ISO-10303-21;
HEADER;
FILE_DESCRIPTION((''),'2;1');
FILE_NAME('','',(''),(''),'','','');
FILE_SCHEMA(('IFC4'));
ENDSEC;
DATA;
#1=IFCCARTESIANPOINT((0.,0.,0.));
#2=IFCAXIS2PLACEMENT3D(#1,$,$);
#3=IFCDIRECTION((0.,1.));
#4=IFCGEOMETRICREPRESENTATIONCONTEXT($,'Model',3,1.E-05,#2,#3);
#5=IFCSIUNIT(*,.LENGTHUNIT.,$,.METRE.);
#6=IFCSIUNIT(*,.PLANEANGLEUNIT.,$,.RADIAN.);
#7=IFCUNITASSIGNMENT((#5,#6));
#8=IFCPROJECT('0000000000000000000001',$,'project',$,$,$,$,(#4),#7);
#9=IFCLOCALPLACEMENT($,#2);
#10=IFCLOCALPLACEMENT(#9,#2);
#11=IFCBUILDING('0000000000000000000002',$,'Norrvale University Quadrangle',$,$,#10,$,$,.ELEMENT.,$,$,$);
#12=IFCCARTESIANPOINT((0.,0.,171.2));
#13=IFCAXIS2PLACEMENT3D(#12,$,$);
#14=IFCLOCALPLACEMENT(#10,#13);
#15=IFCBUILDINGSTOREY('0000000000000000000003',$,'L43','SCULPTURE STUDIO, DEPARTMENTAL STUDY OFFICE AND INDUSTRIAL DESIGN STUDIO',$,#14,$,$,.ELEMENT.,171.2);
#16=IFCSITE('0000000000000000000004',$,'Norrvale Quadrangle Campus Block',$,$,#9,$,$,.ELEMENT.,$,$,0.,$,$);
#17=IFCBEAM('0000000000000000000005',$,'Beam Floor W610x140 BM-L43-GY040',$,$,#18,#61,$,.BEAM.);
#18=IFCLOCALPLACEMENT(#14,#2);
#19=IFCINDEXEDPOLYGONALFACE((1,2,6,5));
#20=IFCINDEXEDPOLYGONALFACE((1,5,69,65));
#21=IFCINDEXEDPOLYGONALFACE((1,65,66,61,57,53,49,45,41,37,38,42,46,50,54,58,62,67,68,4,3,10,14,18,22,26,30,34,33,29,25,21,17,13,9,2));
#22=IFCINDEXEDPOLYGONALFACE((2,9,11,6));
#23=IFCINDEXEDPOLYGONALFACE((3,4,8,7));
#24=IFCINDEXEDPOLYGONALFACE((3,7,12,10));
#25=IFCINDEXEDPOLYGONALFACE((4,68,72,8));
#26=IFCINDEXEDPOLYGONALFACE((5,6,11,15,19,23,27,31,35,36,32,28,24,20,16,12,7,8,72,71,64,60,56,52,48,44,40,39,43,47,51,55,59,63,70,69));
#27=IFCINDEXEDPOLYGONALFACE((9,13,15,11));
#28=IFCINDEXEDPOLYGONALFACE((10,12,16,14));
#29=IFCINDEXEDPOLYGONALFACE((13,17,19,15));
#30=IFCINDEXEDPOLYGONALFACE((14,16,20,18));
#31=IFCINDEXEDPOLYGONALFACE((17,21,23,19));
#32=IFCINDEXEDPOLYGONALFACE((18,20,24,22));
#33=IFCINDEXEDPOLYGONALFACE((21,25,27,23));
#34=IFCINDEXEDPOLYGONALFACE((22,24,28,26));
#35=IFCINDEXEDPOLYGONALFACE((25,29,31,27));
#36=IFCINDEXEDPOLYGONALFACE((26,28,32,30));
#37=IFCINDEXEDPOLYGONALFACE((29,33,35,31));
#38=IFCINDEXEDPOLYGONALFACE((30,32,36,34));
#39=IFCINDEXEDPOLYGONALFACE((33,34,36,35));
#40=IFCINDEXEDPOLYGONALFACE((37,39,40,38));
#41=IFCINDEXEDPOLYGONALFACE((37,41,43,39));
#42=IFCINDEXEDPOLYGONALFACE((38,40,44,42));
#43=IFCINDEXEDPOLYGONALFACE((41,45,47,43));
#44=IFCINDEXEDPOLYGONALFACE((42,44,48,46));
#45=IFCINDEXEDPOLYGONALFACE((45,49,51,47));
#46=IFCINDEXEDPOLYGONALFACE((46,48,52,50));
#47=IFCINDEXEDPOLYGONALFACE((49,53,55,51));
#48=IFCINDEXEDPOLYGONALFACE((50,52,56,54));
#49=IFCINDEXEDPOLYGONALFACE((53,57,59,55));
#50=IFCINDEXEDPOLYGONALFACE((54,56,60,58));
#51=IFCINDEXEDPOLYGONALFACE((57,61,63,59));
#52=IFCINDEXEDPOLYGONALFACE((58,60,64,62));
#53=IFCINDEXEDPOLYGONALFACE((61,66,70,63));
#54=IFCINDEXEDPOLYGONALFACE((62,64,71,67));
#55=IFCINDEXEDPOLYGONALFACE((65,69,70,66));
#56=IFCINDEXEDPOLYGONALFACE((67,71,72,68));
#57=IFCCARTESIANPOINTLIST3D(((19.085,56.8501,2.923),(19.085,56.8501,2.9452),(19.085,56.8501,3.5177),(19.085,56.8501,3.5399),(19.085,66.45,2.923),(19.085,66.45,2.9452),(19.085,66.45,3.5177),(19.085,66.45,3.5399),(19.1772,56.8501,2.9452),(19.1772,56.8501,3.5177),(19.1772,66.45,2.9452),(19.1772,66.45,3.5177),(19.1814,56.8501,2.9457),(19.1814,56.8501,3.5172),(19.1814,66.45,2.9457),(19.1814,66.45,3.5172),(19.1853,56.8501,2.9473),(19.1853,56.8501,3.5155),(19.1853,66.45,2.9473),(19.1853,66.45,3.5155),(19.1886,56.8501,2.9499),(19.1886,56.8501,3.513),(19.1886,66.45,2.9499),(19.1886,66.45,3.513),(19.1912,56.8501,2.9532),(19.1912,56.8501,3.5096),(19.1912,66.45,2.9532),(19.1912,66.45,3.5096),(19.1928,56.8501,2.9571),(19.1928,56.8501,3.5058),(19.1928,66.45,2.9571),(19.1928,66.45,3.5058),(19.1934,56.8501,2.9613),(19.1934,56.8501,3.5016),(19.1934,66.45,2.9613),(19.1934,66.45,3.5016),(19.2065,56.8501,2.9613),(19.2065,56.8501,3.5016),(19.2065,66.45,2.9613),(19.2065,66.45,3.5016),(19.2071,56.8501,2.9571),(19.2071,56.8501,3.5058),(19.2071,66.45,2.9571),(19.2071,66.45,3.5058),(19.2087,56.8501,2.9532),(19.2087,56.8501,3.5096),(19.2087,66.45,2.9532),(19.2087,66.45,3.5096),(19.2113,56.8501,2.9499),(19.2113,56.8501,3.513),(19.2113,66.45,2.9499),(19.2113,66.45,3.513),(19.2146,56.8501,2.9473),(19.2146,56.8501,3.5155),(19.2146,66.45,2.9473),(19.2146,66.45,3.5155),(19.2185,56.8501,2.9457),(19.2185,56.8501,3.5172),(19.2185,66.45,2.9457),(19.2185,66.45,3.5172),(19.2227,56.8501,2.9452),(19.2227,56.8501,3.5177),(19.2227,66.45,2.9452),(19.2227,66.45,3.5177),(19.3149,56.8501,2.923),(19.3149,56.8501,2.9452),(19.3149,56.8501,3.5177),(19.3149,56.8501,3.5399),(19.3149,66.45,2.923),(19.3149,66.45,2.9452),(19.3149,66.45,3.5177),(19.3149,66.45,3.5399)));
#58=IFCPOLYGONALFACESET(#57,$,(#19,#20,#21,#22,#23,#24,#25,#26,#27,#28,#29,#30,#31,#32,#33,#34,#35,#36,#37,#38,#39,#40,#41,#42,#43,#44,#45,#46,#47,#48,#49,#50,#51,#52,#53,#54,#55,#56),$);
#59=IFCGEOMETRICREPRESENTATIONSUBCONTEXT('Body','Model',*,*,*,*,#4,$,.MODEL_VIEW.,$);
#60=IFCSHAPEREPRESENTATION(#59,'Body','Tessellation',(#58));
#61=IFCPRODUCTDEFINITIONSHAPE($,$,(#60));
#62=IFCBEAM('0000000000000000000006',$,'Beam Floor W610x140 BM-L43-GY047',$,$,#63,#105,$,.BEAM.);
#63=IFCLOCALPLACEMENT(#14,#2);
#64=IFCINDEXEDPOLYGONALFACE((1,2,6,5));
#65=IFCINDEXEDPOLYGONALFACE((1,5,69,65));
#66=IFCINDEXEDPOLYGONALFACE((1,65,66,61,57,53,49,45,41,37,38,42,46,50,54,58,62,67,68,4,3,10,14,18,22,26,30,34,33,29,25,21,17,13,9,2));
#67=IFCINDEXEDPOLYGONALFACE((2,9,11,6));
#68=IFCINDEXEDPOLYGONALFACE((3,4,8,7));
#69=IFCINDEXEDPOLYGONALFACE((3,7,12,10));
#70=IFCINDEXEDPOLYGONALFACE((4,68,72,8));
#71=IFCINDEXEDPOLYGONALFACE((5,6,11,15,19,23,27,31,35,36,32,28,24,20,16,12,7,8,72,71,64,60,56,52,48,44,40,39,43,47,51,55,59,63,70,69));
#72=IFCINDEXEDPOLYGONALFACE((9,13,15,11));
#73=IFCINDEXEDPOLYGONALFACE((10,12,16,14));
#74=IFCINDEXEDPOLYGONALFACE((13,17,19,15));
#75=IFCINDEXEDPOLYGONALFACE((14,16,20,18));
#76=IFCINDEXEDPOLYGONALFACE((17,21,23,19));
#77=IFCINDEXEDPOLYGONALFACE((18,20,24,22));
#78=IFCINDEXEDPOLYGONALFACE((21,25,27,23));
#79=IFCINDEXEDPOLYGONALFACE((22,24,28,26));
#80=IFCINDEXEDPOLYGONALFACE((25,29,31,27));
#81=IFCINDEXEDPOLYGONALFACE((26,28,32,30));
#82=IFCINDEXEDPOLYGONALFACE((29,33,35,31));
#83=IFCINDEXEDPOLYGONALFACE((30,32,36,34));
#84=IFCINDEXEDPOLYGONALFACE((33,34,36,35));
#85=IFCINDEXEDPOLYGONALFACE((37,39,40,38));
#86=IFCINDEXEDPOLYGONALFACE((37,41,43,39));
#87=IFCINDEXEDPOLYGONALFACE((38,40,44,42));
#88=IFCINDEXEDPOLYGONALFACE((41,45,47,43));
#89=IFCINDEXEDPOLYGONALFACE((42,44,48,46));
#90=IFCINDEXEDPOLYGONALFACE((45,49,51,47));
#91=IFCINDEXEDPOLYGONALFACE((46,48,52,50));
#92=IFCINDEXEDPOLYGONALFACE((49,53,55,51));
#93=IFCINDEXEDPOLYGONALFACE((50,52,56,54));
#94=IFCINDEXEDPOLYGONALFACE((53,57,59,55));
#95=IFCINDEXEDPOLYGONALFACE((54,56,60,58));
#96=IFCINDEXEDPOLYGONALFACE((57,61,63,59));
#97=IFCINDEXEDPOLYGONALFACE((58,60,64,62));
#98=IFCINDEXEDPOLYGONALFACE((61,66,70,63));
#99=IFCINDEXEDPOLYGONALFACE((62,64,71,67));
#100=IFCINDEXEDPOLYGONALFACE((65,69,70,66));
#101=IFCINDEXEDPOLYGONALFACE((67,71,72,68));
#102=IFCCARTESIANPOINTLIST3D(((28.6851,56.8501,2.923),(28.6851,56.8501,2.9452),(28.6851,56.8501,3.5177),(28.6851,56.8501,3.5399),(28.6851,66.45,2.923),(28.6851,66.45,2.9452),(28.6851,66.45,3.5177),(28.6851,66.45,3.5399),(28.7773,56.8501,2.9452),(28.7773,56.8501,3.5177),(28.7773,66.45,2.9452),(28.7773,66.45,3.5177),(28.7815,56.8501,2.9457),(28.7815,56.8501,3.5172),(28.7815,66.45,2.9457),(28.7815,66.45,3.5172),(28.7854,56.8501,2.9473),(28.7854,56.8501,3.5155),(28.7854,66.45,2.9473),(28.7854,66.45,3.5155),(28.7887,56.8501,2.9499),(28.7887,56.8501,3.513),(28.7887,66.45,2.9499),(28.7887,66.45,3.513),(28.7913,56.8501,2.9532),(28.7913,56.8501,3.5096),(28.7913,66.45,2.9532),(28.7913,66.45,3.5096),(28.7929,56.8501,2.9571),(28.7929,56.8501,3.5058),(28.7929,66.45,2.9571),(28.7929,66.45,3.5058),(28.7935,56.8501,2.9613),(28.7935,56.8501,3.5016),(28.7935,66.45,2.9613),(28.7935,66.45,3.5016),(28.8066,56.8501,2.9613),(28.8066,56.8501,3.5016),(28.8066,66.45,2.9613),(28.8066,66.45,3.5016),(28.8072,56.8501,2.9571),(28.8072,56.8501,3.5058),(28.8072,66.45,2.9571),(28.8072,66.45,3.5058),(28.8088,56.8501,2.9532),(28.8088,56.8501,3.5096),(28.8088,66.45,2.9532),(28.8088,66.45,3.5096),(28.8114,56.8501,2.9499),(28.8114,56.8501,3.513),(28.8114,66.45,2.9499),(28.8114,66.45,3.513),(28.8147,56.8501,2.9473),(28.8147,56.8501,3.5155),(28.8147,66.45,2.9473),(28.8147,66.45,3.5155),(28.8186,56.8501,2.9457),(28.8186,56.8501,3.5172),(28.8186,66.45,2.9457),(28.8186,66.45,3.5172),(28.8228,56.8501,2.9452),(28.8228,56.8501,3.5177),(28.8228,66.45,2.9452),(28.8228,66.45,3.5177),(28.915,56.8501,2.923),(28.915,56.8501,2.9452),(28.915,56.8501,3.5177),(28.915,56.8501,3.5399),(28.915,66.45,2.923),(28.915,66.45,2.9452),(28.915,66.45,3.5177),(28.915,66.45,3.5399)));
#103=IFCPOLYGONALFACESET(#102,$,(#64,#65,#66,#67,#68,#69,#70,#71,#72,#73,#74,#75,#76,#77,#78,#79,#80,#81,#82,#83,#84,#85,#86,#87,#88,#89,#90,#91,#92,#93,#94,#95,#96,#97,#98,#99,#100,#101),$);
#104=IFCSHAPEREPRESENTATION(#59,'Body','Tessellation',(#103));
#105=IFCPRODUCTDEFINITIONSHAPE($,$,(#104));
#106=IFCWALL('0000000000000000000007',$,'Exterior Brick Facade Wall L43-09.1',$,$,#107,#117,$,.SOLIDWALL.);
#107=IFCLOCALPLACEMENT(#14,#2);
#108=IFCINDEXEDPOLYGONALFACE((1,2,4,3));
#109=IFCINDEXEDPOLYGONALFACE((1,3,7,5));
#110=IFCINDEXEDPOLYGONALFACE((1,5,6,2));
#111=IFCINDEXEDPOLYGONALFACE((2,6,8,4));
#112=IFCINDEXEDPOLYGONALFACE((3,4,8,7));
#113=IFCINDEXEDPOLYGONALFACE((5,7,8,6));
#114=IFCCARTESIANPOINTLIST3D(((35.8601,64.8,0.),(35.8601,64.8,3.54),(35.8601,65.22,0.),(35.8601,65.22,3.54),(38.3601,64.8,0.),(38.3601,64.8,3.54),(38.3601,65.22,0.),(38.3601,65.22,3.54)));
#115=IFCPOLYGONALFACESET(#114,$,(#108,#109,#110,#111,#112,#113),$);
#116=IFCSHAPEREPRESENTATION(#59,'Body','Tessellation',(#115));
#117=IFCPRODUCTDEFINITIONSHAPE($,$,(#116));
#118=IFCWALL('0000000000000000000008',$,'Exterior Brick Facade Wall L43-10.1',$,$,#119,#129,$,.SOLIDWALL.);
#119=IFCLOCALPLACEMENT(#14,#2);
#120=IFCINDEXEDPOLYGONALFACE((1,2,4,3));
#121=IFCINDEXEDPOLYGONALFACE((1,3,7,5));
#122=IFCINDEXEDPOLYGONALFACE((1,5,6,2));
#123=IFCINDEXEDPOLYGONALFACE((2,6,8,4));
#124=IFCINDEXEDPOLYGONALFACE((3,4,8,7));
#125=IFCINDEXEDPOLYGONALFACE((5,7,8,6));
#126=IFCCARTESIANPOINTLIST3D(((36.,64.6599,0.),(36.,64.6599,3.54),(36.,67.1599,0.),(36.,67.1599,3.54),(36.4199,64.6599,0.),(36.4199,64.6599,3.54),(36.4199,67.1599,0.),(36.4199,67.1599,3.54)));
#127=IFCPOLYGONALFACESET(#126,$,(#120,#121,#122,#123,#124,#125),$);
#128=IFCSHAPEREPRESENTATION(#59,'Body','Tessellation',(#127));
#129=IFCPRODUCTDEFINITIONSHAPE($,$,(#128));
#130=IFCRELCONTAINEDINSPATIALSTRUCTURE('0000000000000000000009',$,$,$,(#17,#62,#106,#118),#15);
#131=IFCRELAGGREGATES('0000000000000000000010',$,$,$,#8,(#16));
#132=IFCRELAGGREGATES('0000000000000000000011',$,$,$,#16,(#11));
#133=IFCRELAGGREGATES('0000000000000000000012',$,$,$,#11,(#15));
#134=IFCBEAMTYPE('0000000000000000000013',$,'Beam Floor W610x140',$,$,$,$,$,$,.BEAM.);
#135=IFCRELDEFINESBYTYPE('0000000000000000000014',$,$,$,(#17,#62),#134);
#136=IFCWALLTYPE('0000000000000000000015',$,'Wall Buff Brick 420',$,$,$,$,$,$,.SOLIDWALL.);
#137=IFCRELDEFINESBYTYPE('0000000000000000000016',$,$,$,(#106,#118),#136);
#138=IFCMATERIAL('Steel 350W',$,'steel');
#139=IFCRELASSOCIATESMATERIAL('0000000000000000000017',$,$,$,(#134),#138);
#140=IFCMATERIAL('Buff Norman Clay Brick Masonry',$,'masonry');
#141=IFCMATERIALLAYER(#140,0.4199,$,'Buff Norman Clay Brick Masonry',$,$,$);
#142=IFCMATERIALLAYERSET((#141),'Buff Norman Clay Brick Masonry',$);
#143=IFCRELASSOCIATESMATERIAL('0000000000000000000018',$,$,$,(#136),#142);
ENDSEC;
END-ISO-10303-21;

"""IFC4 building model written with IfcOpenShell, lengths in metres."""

from ifc_helpers import new_model, si_unit, direction, frame, frame_2d, origin, origin_2d, place, context, subcontext, project, spatial, rectangle, i_section, extrude, material, layer, layer_set, material_profile, profile_set, type_object, element, save


model = new_model("IFC4")

# Units and contexts
model_context = context("Model", 3, precision=1e-05, world=origin(), true_north=direction((0.0, 1.0)))
body_context = subcontext(model_context, "Body", "Model", "MODEL_VIEW")
ifc_project = project(units=[si_unit("LENGTHUNIT", "METRE"), si_unit("PLANEANGLEUNIT", "RADIAN")], contexts=[model_context])

# Site, building, storey
site_placement = place(None, origin())
site = spatial("IfcSite", under=ifc_project, at=site_placement, Name="Norrvale Quadrangle Campus Block", CompositionType="ELEMENT", RefElevation=0.0)
building_placement = place(site_placement, origin())
building = spatial("IfcBuilding", under=site, at=building_placement, Name="Norrvale University Quadrangle", CompositionType="ELEMENT")
storey_placement = place(building_placement, frame((0.0, 0.0, 171.2)))
storey = spatial("IfcBuildingStorey", under=building, at=storey_placement, Name="L43", Description="SCULPTURE STUDIO, DEPARTMENTAL STUDY OFFICE AND INDUSTRIAL DESIGN STUDIO", CompositionType="ELEMENT", Elevation=171.2)

# Beams
ifc_material_1 = material(Name="Steel 350W", Category="steel")
ifc_material_profile_1 = material_profile(ifc_material_1, i_section(OverallWidth=0.23, OverallDepth=0.6169, WebThickness=0.0132, FlangeThickness=0.0222, FilletRadius=0.0161, at=origin_2d()), Name="Steel 350W")
ifc_profile_set_1 = profile_set([ifc_material_profile_1], Name="Steel 350W")
beam_type_1 = type_object("IfcBeamType", Name="Beam Floor W610x140", PredefinedType="BEAM", material=ifc_profile_set_1)
for number, where, z_axis, x_axis, name in (
    (1, (19.2, 56.8501, 3.2314), (0.0, 1.0, 0.0), (-1.0, 0.0, 0.0), "Beam Floor W610x140 BM-L43-GY040"),
    (2, (28.8, 56.8501, 3.2314), (0.0, 1.0, 0.0), (-1.0, 0.0, 0.0), "Beam Floor W610x140 BM-L43-GY047"),
):
    element("IfcBeam", number, at=place(storey_placement, frame(where, z_axis=z_axis, x_axis=x_axis)), inside=storey, type_object=beam_type_1, Name=name, PredefinedType="BEAM", context=body_context, shape_type="SweptSolid", body=[
        extrude(i_section(OverallWidth=0.23, OverallDepth=0.6169, WebThickness=0.0132, FlangeThickness=0.0222, FilletRadius=0.0161, at=origin_2d()), origin(), (0.0, 0.0, 1.0), 9.5999),
    ])

# Walls
ifc_material_2 = material(Name="Buff Norman Clay Brick Masonry", Category="masonry")
ifc_layer_1 = layer(ifc_material_2, 0.4199, Name="Buff Norman Clay Brick Masonry")
ifc_layer_set_1 = layer_set([ifc_layer_1], Name="Buff Norman Clay Brick Masonry")
wall_type_1 = type_object("IfcWallType", Name="Wall Buff Brick 420", PredefinedType="SOLIDWALL", material=ifc_layer_set_1)
for number, where, z_axis, x_axis, name in (
    (3, (38.3601, 65.01, 0.0), (0.0, 0.0, 1.0), (-1.0, 0.0, 0.0), "Exterior Brick Facade Wall L43-09.1"),
    (4, (36.21, 64.6599, 0.0), (0.0, 0.0, 1.0), (0.0, 1.0, 0.0), "Exterior Brick Facade Wall L43-10.1"),
):
    element("IfcWall", number, at=place(storey_placement, frame(where, z_axis=z_axis, x_axis=x_axis)), inside=storey, type_object=wall_type_1, Name=name, PredefinedType="SOLIDWALL", context=body_context, shape_type="SweptSolid", body=[
        extrude(rectangle(XDim=2.5, YDim=0.4199, at=frame_2d((1.25, 0.0))), origin(), (0.0, 0.0, 1.0), 3.54),
    ])

save(model, "model.ifc")
